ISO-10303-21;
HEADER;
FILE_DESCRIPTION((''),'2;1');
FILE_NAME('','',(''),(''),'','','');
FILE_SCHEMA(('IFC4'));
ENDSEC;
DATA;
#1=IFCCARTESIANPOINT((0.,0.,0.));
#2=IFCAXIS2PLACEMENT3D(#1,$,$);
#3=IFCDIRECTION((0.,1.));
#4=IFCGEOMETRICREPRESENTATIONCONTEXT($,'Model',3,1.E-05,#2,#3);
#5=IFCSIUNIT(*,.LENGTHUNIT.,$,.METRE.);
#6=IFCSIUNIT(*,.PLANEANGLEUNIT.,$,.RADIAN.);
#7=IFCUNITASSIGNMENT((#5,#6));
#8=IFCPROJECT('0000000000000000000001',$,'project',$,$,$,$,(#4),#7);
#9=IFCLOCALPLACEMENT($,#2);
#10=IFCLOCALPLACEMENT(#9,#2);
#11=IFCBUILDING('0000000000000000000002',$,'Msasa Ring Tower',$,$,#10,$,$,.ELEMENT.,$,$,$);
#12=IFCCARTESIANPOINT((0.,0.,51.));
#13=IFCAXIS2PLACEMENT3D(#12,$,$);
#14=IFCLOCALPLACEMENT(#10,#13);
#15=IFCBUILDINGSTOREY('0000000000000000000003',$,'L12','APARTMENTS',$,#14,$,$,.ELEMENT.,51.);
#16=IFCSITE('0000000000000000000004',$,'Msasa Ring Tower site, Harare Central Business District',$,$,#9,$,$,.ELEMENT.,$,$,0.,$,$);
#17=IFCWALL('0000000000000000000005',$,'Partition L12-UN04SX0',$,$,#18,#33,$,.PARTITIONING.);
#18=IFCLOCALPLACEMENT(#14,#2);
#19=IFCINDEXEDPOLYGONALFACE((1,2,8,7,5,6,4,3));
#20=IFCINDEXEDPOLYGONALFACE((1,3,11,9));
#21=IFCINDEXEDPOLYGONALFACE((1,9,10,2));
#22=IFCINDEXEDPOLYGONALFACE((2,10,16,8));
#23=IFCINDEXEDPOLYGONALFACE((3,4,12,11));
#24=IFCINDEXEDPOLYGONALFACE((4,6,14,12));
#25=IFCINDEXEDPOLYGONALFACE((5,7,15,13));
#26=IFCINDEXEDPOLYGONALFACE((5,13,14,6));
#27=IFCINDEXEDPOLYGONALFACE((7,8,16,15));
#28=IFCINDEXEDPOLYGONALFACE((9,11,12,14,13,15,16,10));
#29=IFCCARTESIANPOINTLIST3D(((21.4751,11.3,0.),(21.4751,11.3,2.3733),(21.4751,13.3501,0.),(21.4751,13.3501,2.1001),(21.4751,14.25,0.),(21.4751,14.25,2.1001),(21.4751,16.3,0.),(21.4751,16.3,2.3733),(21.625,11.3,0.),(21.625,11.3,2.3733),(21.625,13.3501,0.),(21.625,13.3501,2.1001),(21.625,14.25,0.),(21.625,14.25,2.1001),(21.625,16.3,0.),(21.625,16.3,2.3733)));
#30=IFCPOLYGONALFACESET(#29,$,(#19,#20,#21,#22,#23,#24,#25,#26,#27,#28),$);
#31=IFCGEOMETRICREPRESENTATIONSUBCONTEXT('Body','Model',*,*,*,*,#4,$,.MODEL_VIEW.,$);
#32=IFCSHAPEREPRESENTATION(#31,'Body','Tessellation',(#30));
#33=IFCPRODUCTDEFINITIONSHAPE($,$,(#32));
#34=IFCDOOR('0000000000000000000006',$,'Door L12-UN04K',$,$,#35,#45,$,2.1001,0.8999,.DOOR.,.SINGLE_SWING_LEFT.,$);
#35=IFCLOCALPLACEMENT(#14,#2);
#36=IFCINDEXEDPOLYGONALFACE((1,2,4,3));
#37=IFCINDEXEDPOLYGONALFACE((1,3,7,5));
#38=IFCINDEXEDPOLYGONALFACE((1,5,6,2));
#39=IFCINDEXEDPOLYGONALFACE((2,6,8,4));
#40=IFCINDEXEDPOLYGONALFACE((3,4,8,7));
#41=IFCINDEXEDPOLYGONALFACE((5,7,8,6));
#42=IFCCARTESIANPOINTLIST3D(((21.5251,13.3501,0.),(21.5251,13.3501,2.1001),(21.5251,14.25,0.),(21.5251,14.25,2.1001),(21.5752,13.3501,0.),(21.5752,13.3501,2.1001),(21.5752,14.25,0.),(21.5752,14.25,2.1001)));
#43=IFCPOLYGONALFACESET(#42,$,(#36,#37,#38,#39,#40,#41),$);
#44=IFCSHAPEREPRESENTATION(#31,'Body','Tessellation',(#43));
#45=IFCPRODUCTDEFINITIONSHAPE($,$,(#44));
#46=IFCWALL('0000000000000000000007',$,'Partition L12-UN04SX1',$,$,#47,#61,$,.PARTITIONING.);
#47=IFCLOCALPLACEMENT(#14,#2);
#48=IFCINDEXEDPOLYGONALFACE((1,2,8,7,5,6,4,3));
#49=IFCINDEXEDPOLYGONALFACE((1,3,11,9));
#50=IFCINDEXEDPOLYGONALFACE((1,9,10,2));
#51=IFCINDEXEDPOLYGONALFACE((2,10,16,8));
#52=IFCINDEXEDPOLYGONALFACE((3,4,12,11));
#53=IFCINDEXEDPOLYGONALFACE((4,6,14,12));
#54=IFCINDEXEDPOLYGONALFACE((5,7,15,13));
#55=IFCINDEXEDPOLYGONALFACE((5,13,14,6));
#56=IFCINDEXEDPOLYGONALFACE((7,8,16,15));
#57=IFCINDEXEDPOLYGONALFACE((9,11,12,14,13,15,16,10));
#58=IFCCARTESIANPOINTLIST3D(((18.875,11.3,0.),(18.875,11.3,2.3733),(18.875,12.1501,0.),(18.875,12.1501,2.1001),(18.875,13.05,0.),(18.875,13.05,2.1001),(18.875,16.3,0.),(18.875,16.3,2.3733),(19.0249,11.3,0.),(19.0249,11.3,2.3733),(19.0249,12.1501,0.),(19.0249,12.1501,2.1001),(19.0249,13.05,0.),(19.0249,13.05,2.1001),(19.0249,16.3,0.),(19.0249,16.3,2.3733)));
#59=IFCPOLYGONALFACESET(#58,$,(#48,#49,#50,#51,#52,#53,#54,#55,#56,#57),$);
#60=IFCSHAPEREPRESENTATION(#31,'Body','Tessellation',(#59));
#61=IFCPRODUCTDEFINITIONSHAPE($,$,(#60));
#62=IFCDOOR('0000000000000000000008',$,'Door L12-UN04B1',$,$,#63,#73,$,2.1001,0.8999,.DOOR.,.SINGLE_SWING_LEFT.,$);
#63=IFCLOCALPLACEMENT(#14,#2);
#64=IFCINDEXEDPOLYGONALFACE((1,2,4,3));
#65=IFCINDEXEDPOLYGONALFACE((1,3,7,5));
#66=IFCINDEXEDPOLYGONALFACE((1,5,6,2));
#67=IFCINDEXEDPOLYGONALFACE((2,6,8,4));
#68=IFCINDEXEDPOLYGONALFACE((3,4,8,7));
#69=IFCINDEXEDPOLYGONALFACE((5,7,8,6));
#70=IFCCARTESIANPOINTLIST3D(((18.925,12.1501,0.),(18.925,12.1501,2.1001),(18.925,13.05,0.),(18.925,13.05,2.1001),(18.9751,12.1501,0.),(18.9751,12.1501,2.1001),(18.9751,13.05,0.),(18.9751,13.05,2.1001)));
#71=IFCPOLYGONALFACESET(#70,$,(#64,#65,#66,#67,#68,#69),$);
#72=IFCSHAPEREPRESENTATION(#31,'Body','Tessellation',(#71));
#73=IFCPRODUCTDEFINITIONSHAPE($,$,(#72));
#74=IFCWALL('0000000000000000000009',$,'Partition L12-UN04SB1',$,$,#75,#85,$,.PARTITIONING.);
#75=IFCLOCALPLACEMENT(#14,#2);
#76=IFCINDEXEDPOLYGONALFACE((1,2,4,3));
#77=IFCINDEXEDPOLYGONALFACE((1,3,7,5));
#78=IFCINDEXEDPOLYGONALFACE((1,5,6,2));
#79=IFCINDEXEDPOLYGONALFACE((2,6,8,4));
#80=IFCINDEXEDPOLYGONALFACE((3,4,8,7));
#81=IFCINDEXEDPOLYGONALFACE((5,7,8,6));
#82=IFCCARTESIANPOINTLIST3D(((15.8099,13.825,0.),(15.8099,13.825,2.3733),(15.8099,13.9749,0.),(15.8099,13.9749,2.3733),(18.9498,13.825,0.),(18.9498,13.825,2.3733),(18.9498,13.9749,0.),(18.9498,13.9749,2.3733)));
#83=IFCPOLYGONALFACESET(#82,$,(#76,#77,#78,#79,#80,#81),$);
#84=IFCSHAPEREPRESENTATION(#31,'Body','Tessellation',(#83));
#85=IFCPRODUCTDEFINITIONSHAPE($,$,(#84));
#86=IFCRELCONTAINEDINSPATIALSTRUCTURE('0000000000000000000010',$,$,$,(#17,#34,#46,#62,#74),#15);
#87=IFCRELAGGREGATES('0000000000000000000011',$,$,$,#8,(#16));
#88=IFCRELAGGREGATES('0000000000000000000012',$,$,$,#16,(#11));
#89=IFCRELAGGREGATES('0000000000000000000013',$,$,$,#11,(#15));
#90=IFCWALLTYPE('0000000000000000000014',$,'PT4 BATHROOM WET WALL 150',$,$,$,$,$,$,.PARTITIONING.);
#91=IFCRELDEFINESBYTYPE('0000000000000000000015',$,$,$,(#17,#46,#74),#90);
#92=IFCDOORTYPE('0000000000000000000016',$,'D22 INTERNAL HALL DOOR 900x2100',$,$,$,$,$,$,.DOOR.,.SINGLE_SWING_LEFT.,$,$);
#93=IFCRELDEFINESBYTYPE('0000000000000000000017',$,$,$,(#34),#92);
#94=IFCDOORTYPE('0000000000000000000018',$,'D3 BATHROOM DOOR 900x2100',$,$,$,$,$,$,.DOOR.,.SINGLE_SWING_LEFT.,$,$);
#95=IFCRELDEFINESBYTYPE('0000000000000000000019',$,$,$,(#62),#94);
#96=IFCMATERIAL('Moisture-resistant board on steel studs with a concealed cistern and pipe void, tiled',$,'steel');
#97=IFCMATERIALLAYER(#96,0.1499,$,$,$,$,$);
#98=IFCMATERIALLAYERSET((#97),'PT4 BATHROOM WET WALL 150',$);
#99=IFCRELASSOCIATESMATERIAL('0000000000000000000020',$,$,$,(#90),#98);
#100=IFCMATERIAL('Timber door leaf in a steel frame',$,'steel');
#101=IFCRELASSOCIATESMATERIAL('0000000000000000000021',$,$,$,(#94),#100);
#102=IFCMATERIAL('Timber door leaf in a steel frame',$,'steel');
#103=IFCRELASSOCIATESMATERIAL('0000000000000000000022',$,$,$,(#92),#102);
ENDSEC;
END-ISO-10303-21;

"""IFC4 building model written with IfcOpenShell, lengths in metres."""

from ifc_helpers import new_model, si_unit, direction, frame, frame_2d, origin, place, context, subcontext, project, spatial, rectangle, extrude, material, layer, layer_set, type_object, element, fill, save


model = new_model("IFC4")

# Units and contexts
model_context = context("Model", 3, precision=1e-05, world=origin(), true_north=direction((0.0, 1.0)))
body_context = subcontext(model_context, "Body", "Model", "MODEL_VIEW")
ifc_project = project(units=[si_unit("LENGTHUNIT", "METRE"), si_unit("PLANEANGLEUNIT", "RADIAN")], contexts=[model_context])

# Site, building, storey
site_placement = place(None, origin())
site = spatial("IfcSite", under=ifc_project, at=site_placement, Name="Msasa Ring Tower site, Harare Central Business District", CompositionType="ELEMENT", RefElevation=0.0)
building_placement = place(site_placement, origin())
building = spatial("IfcBuilding", under=site, at=building_placement, Name="Msasa Ring Tower", CompositionType="ELEMENT")
storey_placement = place(building_placement, frame((0.0, 0.0, 51.0)))
storey = spatial("IfcBuildingStorey", under=building, at=storey_placement, Name="L12", Description="APARTMENTS", CompositionType="ELEMENT", Elevation=51.0)

# Shared definitions
ifc_material_1 = material(Name="Moisture-resistant board on steel studs with a concealed cistern and pipe void, tiled", Category="steel")
ifc_layer_1 = layer(ifc_material_1, 0.1499)
ifc_layer_set_1 = layer_set([ifc_layer_1], Name="PT4 BATHROOM WET WALL 150")
wall_type_1 = type_object("IfcWallType", Name="PT4 BATHROOM WET WALL 150", PredefinedType="PARTITIONING", material=ifc_layer_set_1)
ifc_material_2 = material(Name="Timber door leaf in a steel frame", Category="steel")
door_type_1 = type_object("IfcDoorType", Name="D3 BATHROOM DOOR 900x2100", OperationType="SINGLE_SWING_LEFT", PredefinedType="DOOR", material=ifc_material_2)

# Walls, openings, doors
wall_1_placement = place(storey_placement, frame((21.55, 11.3, 0.0), z_axis=(0.0, 0.0, 1.0), x_axis=(0.0, 1.0, 0.0)))
wall_1 = element("IfcWall", 1, at=wall_1_placement, inside=storey, type_object=wall_type_1, Name="Partition L12-UN04SX0", PredefinedType="PARTITIONING", context=body_context, shape_type="SweptSolid", body=[
    extrude(rectangle(XDim=5.0, YDim=0.1499, at=frame_2d((2.5, 0.0))), origin(), (0.0, 0.0, 1.0), 2.3733),
])
opening_1_placement = place(wall_1_placement, frame((2.05, 0.0, 0.0)))
opening_1 = element("IfcOpeningElement", 2, at=opening_1_placement, cuts=wall_1, PredefinedType="OPENING", context=body_context, shape_type="SweptSolid", body=[
    extrude(rectangle(XDim=0.8999, YDim=2.1001, at=frame_2d((0.45, 1.05))), frame((0.0, 0.085, 0.0), z_axis=(0.0, -1.0, 0.0), x_axis=(1.0, 0.0, 0.0)), (0.0, 0.0, 1.0), 0.1699),
])
ifc_material_3 = material(Name="Timber door leaf in a steel frame", Category="steel")
door_type_2 = type_object("IfcDoorType", Name="D22 INTERNAL HALL DOOR 900x2100", OperationType="SINGLE_SWING_LEFT", PredefinedType="DOOR", material=ifc_material_3)
door_1_placement = place(opening_1_placement, origin())
door_1 = element("IfcDoor", 3, at=door_1_placement, inside=storey, type_object=door_type_2, Name="Door L12-UN04K", OperationType="SINGLE_SWING_LEFT", OverallHeight=2.1001, OverallWidth=0.8999, PredefinedType="DOOR", context=body_context, shape_type="SweptSolid", body=[
    extrude(rectangle(XDim=0.8999, YDim=2.1001, at=frame_2d((0.45, 1.05))), frame((0.0, 0.0249, 0.0), z_axis=(0.0, -1.0, 0.0), x_axis=(1.0, 0.0, 0.0)), (0.0, 0.0, 1.0), 0.05),
])
fill(opening_1, door_1)
wall_2_placement = place(storey_placement, frame((18.95, 11.3, 0.0), z_axis=(0.0, 0.0, 1.0), x_axis=(0.0, 1.0, 0.0)))
wall_2 = element("IfcWall", 4, at=wall_2_placement, inside=storey, type_object=wall_type_1, Name="Partition L12-UN04SX1", PredefinedType="PARTITIONING", context=body_context, shape_type="SweptSolid", body=[
    extrude(rectangle(XDim=5.0, YDim=0.1499, at=frame_2d((2.5, 0.0))), origin(), (0.0, 0.0, 1.0), 2.3733),
])
opening_2_placement = place(wall_2_placement, frame((0.8501, 0.0, 0.0)))
opening_2 = element("IfcOpeningElement", 5, at=opening_2_placement, cuts=wall_2, PredefinedType="OPENING", context=body_context, shape_type="SweptSolid", body=[
    extrude(rectangle(XDim=0.8999, YDim=2.1001, at=frame_2d((0.45, 1.05))), frame((0.0, 0.085, 0.0), z_axis=(0.0, -1.0, 0.0), x_axis=(1.0, 0.0, 0.0)), (0.0, 0.0, 1.0), 0.1699),
])
door_2_placement = place(opening_2_placement, origin())
door_2 = element("IfcDoor", 6, at=door_2_placement, inside=storey, type_object=door_type_1, Name="Door L12-UN04B1", OperationType="SINGLE_SWING_LEFT", OverallHeight=2.1001, OverallWidth=0.8999, PredefinedType="DOOR", context=body_context, shape_type="SweptSolid", body=[
    extrude(rectangle(XDim=0.8999, YDim=2.1001, at=frame_2d((0.45, 1.05))), frame((0.0, 0.0249, 0.0), z_axis=(0.0, -1.0, 0.0), x_axis=(1.0, 0.0, 0.0)), (0.0, 0.0, 1.0), 0.05),
])
fill(opening_2, door_2)

# Wall
wall_3_placement = place(storey_placement, frame((15.8101, 13.8999, 0.0), z_axis=(0.0, 0.0, 1.0), x_axis=(1.0, 0.0, 0.0)))
element("IfcWall", 7, at=wall_3_placement, inside=storey, type_object=wall_type_1, Name="Partition L12-UN04SB1", PredefinedType="PARTITIONING", context=body_context, shape_type="SweptSolid", body=[
    extrude(rectangle(XDim=3.1399, YDim=0.1499, at=frame_2d((1.5698, 0.0))), origin(), (0.0, 0.0, 1.0), 2.3733),
])

save(model, "model.ifc")
